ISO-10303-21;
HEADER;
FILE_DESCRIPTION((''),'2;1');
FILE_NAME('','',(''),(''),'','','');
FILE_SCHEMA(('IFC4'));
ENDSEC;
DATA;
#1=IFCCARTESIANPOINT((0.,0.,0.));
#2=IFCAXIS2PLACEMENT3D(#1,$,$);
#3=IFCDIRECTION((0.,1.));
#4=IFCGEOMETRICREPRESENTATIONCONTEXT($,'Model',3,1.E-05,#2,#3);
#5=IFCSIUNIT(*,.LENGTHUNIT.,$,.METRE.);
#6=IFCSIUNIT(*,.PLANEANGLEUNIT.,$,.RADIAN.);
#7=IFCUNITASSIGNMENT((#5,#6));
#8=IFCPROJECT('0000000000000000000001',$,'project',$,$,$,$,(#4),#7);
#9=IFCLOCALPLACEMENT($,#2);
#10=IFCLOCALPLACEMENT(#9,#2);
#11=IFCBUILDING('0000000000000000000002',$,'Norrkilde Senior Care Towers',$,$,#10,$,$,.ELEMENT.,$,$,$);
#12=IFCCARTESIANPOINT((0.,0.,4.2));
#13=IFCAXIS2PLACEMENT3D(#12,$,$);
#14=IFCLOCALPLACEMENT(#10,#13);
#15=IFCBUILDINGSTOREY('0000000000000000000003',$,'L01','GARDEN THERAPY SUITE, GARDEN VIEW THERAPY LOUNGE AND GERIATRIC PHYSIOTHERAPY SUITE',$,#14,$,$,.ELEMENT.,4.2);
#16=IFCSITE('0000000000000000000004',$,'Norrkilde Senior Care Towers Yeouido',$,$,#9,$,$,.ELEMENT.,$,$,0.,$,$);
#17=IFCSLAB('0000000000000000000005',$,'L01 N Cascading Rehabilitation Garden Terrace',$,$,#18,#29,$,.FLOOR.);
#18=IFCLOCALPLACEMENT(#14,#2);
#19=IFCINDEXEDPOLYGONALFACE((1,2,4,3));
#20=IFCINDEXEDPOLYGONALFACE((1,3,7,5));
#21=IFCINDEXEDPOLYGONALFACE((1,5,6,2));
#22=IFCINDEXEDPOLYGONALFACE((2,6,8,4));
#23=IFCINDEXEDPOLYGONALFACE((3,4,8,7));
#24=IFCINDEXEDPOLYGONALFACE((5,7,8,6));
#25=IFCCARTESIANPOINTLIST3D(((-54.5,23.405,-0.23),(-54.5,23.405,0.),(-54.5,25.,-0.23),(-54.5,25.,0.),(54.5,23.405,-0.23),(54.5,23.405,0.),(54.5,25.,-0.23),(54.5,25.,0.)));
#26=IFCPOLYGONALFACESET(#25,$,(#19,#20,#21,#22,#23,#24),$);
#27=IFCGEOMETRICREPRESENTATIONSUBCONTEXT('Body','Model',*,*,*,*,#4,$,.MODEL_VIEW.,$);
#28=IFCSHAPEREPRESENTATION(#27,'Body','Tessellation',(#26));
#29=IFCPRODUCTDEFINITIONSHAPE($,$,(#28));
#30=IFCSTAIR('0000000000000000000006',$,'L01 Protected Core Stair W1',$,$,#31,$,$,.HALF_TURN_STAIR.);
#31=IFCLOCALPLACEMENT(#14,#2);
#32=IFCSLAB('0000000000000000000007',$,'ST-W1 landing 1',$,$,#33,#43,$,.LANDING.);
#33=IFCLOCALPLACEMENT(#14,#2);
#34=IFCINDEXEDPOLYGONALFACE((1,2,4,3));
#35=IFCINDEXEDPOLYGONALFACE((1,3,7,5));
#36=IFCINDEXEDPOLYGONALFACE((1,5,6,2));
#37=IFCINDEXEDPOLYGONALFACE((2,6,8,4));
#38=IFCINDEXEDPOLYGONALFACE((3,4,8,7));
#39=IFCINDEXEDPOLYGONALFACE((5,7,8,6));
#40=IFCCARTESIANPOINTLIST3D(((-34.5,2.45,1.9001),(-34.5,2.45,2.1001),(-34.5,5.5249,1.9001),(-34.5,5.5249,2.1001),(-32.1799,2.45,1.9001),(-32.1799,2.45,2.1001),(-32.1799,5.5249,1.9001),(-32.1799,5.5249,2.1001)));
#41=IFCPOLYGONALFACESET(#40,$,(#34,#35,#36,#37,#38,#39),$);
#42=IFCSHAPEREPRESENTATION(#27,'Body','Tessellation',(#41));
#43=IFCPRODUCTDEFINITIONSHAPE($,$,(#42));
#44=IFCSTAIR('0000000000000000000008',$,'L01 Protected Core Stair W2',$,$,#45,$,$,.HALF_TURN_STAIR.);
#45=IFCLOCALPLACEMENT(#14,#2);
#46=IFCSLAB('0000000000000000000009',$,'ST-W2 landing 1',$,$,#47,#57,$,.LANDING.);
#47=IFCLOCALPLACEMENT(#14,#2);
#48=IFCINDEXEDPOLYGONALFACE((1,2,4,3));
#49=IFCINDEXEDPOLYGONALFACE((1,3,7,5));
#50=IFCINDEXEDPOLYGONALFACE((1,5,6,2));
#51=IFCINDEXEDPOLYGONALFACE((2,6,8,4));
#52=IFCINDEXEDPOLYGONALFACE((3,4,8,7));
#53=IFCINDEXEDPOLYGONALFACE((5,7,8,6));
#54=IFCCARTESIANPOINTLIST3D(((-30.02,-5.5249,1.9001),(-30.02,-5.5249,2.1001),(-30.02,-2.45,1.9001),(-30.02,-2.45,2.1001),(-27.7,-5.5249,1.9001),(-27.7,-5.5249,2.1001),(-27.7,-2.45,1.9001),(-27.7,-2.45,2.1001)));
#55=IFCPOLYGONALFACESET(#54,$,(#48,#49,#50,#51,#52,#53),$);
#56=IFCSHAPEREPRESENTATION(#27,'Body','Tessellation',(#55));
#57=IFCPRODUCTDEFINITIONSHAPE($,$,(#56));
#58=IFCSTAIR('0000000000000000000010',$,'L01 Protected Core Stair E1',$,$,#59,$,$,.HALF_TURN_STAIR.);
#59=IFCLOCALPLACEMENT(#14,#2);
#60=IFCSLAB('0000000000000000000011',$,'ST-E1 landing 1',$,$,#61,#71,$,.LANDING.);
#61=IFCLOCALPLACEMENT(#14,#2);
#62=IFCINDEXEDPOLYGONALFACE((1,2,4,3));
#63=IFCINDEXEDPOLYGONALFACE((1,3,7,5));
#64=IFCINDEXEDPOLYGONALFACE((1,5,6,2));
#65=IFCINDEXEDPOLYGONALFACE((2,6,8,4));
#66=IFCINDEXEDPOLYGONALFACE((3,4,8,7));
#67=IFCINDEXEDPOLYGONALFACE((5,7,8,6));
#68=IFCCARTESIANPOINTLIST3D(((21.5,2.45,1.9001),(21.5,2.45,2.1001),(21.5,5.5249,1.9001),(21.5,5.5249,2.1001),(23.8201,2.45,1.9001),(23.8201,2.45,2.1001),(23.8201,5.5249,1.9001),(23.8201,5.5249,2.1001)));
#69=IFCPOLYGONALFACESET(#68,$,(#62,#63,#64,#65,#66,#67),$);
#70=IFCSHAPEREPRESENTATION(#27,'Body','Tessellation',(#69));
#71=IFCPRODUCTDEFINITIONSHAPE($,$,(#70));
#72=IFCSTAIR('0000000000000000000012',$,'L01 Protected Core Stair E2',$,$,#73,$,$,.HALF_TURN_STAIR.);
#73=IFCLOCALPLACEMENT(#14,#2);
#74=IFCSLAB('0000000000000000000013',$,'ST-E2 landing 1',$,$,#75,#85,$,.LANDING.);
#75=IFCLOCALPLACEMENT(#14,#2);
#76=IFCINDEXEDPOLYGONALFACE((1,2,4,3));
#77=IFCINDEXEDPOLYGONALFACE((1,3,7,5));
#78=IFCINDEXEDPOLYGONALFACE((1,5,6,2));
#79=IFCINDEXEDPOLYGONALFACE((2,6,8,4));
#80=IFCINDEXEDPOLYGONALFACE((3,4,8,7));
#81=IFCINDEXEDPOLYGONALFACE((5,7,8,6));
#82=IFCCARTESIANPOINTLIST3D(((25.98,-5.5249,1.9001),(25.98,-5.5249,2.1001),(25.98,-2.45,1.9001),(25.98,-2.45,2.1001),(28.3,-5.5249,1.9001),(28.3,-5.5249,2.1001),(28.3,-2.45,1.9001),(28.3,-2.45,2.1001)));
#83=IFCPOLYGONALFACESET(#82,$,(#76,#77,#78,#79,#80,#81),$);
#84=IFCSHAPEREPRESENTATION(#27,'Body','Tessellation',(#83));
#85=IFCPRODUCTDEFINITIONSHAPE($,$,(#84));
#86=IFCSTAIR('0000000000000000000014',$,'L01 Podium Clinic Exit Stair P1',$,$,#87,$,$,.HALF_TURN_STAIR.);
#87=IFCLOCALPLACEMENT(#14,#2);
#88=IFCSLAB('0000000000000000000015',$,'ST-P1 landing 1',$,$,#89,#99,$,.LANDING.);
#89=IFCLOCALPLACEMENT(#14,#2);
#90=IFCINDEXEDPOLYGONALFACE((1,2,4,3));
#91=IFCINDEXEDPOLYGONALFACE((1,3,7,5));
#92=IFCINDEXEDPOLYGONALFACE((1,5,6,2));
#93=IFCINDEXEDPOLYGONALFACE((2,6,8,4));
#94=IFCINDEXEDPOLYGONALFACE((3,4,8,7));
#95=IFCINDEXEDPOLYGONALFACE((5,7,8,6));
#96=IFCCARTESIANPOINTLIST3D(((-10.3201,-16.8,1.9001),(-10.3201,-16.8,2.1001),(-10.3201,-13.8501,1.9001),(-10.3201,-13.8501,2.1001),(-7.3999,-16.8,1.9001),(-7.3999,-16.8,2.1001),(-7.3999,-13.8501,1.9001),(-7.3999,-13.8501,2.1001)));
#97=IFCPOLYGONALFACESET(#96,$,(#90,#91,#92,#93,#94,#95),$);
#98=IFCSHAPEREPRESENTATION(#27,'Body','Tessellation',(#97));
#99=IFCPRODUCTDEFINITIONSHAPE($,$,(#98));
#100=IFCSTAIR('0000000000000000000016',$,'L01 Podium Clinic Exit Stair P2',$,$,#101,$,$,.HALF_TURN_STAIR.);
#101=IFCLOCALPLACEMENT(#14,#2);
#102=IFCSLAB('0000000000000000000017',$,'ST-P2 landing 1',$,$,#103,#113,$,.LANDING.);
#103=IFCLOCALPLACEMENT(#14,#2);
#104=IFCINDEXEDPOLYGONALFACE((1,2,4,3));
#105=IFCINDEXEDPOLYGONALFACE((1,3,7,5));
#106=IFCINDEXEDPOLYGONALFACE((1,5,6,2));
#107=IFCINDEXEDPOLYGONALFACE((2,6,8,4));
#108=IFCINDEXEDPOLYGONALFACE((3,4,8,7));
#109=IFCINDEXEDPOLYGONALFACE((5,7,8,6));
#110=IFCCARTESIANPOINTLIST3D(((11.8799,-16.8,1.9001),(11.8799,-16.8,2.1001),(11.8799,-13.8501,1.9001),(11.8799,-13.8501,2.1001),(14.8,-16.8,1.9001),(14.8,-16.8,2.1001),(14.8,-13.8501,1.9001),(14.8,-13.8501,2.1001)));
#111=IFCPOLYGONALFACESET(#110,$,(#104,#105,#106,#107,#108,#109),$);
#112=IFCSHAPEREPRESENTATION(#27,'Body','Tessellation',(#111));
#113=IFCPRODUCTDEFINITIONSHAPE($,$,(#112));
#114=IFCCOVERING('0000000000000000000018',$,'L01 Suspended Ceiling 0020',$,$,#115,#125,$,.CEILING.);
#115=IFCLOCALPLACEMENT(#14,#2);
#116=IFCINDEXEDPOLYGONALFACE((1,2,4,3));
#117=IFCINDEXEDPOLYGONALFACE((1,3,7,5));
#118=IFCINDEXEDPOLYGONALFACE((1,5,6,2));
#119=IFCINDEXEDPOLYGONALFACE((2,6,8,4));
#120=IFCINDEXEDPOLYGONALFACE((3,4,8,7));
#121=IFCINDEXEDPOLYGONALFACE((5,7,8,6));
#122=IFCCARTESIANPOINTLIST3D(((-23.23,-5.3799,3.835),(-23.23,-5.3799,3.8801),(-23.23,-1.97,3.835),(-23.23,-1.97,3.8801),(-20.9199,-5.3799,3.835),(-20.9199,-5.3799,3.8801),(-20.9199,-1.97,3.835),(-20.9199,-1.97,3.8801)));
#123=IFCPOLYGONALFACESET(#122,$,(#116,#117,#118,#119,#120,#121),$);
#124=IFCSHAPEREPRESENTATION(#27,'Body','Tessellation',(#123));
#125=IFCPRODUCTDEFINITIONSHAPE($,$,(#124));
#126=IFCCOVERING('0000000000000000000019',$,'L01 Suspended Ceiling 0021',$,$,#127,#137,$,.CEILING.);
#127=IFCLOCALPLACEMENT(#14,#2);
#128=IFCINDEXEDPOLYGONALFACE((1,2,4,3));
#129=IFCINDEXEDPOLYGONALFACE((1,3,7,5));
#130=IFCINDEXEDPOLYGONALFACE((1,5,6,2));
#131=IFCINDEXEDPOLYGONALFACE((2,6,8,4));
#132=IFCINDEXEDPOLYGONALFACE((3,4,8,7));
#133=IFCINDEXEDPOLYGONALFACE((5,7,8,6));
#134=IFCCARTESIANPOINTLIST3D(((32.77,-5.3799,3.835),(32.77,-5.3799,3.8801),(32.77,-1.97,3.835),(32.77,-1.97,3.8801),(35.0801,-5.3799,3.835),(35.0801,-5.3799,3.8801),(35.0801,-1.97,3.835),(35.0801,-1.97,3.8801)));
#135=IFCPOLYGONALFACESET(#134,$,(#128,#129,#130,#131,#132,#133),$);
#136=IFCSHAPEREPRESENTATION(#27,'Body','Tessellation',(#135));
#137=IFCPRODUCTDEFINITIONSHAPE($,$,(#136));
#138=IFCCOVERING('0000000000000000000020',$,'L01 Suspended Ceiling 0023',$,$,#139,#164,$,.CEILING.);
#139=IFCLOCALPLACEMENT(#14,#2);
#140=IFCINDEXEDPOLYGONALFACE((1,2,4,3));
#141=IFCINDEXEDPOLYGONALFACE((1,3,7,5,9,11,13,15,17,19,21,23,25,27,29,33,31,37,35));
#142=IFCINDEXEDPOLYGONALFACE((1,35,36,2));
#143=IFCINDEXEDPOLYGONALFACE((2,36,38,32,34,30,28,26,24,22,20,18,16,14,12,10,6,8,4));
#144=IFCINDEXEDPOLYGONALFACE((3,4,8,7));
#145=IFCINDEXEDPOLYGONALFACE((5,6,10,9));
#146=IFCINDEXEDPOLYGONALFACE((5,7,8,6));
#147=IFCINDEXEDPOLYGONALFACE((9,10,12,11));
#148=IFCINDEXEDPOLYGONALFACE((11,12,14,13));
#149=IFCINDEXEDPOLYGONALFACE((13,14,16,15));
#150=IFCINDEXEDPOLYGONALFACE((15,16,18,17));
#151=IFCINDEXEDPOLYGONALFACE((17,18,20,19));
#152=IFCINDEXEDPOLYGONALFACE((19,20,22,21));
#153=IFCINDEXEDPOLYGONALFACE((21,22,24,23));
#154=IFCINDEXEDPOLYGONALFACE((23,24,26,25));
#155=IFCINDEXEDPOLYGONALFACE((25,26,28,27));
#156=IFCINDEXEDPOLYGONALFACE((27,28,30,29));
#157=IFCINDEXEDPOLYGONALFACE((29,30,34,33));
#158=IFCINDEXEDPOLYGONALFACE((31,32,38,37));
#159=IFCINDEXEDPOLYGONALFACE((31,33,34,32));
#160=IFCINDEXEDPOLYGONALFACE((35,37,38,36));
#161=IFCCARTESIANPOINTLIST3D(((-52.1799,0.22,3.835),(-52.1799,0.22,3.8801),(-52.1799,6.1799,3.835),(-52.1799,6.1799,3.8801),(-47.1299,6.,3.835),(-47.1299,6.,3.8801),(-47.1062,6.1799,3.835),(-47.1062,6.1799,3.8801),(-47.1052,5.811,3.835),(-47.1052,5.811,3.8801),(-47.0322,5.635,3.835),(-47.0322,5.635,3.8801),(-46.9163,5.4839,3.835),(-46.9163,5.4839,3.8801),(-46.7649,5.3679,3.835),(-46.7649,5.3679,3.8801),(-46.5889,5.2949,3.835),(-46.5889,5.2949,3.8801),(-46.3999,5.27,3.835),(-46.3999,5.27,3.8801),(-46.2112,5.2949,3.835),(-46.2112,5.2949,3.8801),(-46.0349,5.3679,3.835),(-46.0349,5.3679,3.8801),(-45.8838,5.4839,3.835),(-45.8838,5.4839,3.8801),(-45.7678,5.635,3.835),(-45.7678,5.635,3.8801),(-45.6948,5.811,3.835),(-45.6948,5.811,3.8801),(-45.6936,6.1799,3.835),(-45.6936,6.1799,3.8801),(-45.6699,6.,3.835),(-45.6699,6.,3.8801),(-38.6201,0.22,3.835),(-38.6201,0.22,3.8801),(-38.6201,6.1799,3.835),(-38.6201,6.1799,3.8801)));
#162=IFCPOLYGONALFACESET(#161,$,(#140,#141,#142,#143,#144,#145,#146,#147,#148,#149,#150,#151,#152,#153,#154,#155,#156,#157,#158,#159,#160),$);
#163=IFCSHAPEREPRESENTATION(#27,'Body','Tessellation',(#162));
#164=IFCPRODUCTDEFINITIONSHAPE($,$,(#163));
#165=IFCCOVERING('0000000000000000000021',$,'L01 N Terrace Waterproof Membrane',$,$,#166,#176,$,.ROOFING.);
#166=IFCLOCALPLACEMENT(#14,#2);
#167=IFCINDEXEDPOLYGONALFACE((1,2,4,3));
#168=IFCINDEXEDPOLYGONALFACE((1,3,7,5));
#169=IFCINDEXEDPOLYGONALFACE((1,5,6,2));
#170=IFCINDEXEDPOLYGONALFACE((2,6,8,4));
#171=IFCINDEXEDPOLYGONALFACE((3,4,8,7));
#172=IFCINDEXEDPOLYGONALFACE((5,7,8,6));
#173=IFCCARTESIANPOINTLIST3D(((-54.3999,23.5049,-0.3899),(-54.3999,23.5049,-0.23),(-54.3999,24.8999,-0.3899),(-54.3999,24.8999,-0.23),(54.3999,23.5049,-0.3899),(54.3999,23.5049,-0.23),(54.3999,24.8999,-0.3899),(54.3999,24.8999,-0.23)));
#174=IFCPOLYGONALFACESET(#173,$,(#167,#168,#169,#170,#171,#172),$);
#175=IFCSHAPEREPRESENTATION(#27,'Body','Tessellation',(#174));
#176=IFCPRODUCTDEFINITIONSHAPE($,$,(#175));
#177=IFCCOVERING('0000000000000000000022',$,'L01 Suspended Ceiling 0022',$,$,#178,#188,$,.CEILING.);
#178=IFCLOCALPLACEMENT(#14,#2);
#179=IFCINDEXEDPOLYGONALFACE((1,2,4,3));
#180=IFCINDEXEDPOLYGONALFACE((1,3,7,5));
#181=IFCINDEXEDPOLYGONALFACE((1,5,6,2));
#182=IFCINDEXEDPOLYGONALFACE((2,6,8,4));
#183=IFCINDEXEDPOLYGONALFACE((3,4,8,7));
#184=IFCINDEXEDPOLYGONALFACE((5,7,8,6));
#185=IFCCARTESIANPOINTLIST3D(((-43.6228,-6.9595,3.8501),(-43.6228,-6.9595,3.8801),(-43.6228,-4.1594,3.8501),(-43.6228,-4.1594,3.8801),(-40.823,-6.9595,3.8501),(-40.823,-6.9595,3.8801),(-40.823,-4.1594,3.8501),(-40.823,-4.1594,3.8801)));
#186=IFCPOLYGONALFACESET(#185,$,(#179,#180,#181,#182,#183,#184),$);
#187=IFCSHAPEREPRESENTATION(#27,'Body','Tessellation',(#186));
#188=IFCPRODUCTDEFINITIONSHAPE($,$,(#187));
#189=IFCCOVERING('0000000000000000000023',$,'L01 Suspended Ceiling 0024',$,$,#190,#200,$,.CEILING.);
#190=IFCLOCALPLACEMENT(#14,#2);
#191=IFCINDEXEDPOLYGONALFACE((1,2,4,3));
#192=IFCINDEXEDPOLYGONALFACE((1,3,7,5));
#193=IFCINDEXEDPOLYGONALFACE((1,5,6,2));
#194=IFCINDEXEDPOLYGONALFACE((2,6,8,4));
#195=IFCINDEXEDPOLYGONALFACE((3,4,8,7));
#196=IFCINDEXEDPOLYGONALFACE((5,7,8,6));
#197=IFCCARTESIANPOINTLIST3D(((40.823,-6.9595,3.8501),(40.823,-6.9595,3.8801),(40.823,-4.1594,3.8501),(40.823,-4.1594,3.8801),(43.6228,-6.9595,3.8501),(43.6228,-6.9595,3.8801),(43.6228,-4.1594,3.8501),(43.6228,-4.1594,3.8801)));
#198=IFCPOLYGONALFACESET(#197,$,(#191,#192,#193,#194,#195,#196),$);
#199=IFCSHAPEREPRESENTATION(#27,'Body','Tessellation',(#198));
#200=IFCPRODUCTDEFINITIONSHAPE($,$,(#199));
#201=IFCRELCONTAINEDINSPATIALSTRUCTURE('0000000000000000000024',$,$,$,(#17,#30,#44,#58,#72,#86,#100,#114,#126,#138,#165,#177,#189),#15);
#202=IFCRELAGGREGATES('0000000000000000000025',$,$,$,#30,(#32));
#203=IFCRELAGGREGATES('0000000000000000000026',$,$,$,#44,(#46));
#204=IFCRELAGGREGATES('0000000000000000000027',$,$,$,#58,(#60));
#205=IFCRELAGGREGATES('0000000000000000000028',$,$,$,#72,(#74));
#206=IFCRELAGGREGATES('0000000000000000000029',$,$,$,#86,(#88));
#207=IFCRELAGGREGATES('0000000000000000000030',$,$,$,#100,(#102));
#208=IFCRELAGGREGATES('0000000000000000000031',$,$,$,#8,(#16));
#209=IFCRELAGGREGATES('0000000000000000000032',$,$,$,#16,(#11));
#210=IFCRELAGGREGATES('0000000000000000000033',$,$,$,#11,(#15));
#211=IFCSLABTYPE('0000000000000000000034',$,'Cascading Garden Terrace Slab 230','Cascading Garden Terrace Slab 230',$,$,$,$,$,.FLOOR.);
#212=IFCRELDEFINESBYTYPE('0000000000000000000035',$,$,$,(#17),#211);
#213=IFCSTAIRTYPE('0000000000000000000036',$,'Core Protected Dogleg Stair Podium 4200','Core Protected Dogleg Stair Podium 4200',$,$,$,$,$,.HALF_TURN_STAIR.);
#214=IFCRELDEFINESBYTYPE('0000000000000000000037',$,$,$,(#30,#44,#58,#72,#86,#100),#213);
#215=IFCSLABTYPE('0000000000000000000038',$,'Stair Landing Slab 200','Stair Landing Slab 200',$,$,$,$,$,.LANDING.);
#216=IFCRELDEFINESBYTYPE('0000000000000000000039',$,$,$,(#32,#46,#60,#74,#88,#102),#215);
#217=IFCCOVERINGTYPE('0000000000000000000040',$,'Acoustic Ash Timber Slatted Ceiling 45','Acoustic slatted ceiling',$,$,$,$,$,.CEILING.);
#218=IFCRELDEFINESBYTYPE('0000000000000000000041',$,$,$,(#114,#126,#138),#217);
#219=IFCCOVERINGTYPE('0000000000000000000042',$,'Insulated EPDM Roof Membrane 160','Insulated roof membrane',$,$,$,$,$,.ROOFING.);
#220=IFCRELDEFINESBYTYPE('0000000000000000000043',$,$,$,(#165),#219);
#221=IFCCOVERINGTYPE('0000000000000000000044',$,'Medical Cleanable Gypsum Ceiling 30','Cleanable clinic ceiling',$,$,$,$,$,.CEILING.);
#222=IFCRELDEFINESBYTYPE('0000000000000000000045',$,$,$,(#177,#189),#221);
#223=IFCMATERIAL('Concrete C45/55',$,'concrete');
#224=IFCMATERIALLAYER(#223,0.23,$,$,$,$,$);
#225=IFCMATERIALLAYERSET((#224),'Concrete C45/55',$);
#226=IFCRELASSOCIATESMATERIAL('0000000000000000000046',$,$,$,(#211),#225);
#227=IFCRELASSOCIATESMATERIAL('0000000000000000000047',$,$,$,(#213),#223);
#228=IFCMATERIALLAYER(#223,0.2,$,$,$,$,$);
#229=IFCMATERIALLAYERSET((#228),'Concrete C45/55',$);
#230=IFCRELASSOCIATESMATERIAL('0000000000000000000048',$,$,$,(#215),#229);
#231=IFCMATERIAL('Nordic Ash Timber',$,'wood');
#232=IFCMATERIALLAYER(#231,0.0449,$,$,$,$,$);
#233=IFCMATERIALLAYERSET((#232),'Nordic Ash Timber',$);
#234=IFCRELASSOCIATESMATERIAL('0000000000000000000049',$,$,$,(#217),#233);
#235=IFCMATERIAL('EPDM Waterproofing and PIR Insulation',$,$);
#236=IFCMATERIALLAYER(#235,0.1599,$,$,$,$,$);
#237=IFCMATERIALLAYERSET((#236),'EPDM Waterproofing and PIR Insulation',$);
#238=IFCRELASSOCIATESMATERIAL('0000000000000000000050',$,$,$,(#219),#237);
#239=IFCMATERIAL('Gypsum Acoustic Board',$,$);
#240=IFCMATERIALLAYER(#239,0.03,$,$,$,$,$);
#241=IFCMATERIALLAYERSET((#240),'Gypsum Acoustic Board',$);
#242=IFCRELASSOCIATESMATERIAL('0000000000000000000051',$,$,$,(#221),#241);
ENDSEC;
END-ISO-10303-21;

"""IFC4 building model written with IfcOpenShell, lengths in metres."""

from ifc_helpers import new_model, si_unit, direction, frame, origin, place, context, subcontext, project, spatial, polyline, outline, extrude, material, layer, layer_set, type_object, element, aggregate, save


model = new_model("IFC4")

# Units and contexts
model_context = context("Model", 3, precision=1e-05, world=origin(), true_north=direction((0.0, 1.0)))
body_context = subcontext(model_context, "Body", "Model", "MODEL_VIEW")
ifc_project = project(units=[si_unit("LENGTHUNIT", "METRE"), si_unit("PLANEANGLEUNIT", "RADIAN")], contexts=[model_context])

# Site, building, storey
site_placement = place(None, origin())
site = spatial("IfcSite", under=ifc_project, at=site_placement, Name="Norrkilde Senior Care Towers Yeouido", CompositionType="ELEMENT", RefElevation=0.0)
building_placement = place(site_placement, origin())
building = spatial("IfcBuilding", under=site, at=building_placement, Name="Norrkilde Senior Care Towers", CompositionType="ELEMENT")
storey_placement = place(building_placement, frame((0.0, 0.0, 4.2)))
storey = spatial("IfcBuildingStorey", under=building, at=storey_placement, Name="L01", Description="GARDEN THERAPY SUITE, GARDEN VIEW THERAPY LOUNGE AND GERIATRIC PHYSIOTHERAPY SUITE", CompositionType="ELEMENT", Elevation=4.2)

# Slab
ifc_material_1 = material(Name="Concrete C45/55", Category="concrete")
ifc_layer_1 = layer(ifc_material_1, 0.23)
ifc_layer_set_1 = layer_set([ifc_layer_1], Name="Concrete C45/55")
slab_type_1 = type_object("IfcSlabType", Name="Cascading Garden Terrace Slab 230", Description="Cascading Garden Terrace Slab 230", PredefinedType="FLOOR", material=ifc_layer_set_1)
slab_1_placement = place(storey_placement, frame((0.0, 0.0, -0.23)))
element("IfcSlab", 1, at=slab_1_placement, inside=storey, type_object=slab_type_1, Name="L01 N Cascading Rehabilitation Garden Terrace", PredefinedType="FLOOR", context=body_context, shape_type="SweptSolid", body=[
    extrude(outline(polyline([(-54.5, 23.405), (54.5, 23.405), (54.5, 25.0), (-54.5, 25.0), (-54.5, 23.405)])), origin(), (0.0, 0.0, 1.0), 0.23),
])

# Stairs, slabs
stair_type = type_object("IfcStairType", Name="Core Protected Dogleg Stair Podium 4200", Description="Core Protected Dogleg Stair Podium 4200", PredefinedType="HALF_TURN_STAIR", material=ifc_material_1)
stair_1_placement = place(storey_placement, origin())
stair_1 = element("IfcStair", 2, at=stair_1_placement, inside=storey, type_object=stair_type, Name="L01 Protected Core Stair W1", PredefinedType="HALF_TURN_STAIR")
ifc_layer_2 = layer(ifc_material_1, 0.2)
ifc_layer_set_2 = layer_set([ifc_layer_2], Name="Concrete C45/55")
slab_type_2 = type_object("IfcSlabType", Name="Stair Landing Slab 200", Description="Stair Landing Slab 200", PredefinedType="LANDING", material=ifc_layer_set_2)
slab_2_placement = place(storey_placement, frame((0.0, 0.0, 1.9001)))
slab_2 = element("IfcSlab", 3, at=slab_2_placement, type_object=slab_type_2, Name="ST-W1 landing 1", PredefinedType="LANDING", context=body_context, shape_type="SweptSolid", body=[
    extrude(outline(polyline([(-32.1799, 5.5249), (-34.5, 5.5249), (-34.5, 2.45), (-32.1799, 2.45), (-32.1799, 5.5249)])), origin(), (0.0, 0.0, 1.0), 0.2),
])
aggregate(stair_1, [slab_2])
stair_2_placement = place(storey_placement, origin())
stair_2 = element("IfcStair", 4, at=stair_2_placement, inside=storey, type_object=stair_type, Name="L01 Protected Core Stair W2", PredefinedType="HALF_TURN_STAIR")
slab_3_placement = place(storey_placement, frame((0.0, 0.0, 1.9001)))
slab_3 = element("IfcSlab", 5, at=slab_3_placement, type_object=slab_type_2, Name="ST-W2 landing 1", PredefinedType="LANDING", context=body_context, shape_type="SweptSolid", body=[
    extrude(outline(polyline([(-30.02, -5.5249), (-27.7, -5.5249), (-27.7, -2.45), (-30.02, -2.45), (-30.02, -5.5249)])), origin(), (0.0, 0.0, 1.0), 0.2),
])
aggregate(stair_2, [slab_3])
stair_3_placement = place(storey_placement, origin())
stair_3 = element("IfcStair", 6, at=stair_3_placement, inside=storey, type_object=stair_type, Name="L01 Protected Core Stair E1", PredefinedType="HALF_TURN_STAIR")
slab_4_placement = place(storey_placement, frame((0.0, 0.0, 1.9001)))
slab_4 = element("IfcSlab", 7, at=slab_4_placement, type_object=slab_type_2, Name="ST-E1 landing 1", PredefinedType="LANDING", context=body_context, shape_type="SweptSolid", body=[
    extrude(outline(polyline([(23.8201, 5.5249), (21.5, 5.5249), (21.5, 2.45), (23.8201, 2.45), (23.8201, 5.5249)])), origin(), (0.0, 0.0, 1.0), 0.2),
])
aggregate(stair_3, [slab_4])
stair_4_placement = place(storey_placement, origin())
stair_4 = element("IfcStair", 8, at=stair_4_placement, inside=storey, type_object=stair_type, Name="L01 Protected Core Stair E2", PredefinedType="HALF_TURN_STAIR")
slab_5_placement = place(storey_placement, frame((0.0, 0.0, 1.9001)))
slab_5 = element("IfcSlab", 9, at=slab_5_placement, type_object=slab_type_2, Name="ST-E2 landing 1", PredefinedType="LANDING", context=body_context, shape_type="SweptSolid", body=[
    extrude(outline(polyline([(25.98, -5.5249), (28.3, -5.5249), (28.3, -2.45), (25.98, -2.45), (25.98, -5.5249)])), origin(), (0.0, 0.0, 1.0), 0.2),
])
aggregate(stair_4, [slab_5])
stair_5_placement = place(storey_placement, origin())
stair_5 = element("IfcStair", 10, at=stair_5_placement, inside=storey, type_object=stair_type, Name="L01 Podium Clinic Exit Stair P1", PredefinedType="HALF_TURN_STAIR")
slab_6_placement = place(storey_placement, frame((0.0, 0.0, 1.9001)))
slab_6 = element("IfcSlab", 11, at=slab_6_placement, type_object=slab_type_2, Name="ST-P1 landing 1", PredefinedType="LANDING", context=body_context, shape_type="SweptSolid", body=[
    extrude(outline(polyline([(-10.3201, -16.8), (-7.3999, -16.8), (-7.3999, -13.8501), (-10.3201, -13.8501), (-10.3201, -16.8)])), origin(), (0.0, 0.0, 1.0), 0.2),
])
aggregate(stair_5, [slab_6])
stair_6_placement = place(storey_placement, origin())
stair_6 = element("IfcStair", 12, at=stair_6_placement, inside=storey, type_object=stair_type, Name="L01 Podium Clinic Exit Stair P2", PredefinedType="HALF_TURN_STAIR")
slab_7_placement = place(storey_placement, frame((0.0, 0.0, 1.9001)))
slab_7 = element("IfcSlab", 13, at=slab_7_placement, type_object=slab_type_2, Name="ST-P2 landing 1", PredefinedType="LANDING", context=body_context, shape_type="SweptSolid", body=[
    extrude(outline(polyline([(11.8799, -16.8), (14.8, -16.8), (14.8, -13.8501), (11.8799, -13.8501), (11.8799, -16.8)])), origin(), (0.0, 0.0, 1.0), 0.2),
])
aggregate(stair_6, [slab_7])

# Coverings
ifc_material_2 = material(Name="Nordic Ash Timber", Category="wood")
ifc_layer_3 = layer(ifc_material_2, 0.0449)
ifc_layer_set_3 = layer_set([ifc_layer_3], Name="Nordic Ash Timber")
covering_type_1 = type_object("IfcCoveringType", Name="Acoustic Ash Timber Slatted Ceiling 45", Description="Acoustic slatted ceiling", PredefinedType="CEILING", material=ifc_layer_set_3)
covering_1_placement = place(storey_placement, frame((0.0, 0.0, 3.835)))
element("IfcCovering", 14, at=covering_1_placement, inside=storey, type_object=covering_type_1, Name="L01 Suspended Ceiling 0020", PredefinedType="CEILING", context=body_context, shape_type="SweptSolid", body=[
    extrude(outline(polyline([(-23.23, -1.97), (-20.9199, -1.97), (-20.9199, -5.3799), (-23.23, -5.3799), (-23.23, -1.97)])), origin(), (0.0, 0.0, 1.0), 0.0452),
])
covering_2_placement = place(storey_placement, frame((0.0, 0.0, 3.835)))
element("IfcCovering", 15, at=covering_2_placement, inside=storey, type_object=covering_type_1, Name="L01 Suspended Ceiling 0021", PredefinedType="CEILING", context=body_context, shape_type="SweptSolid", body=[
    extrude(outline(polyline([(35.0801, -1.97), (35.0801, -5.3799), (32.77, -5.3799), (32.77, -1.97), (35.0801, -1.97)])), origin(), (0.0, 0.0, 1.0), 0.0452),
])
covering_3_placement = place(storey_placement, frame((0.0, 0.0, 3.835)))
element("IfcCovering", 16, at=covering_3_placement, inside=storey, type_object=covering_type_1, Name="L01 Suspended Ceiling 0023", PredefinedType="CEILING", context=body_context, shape_type="SweptSolid", body=[
    extrude(outline(polyline([(-38.6201, 0.22), (-52.1799, 0.22), (-52.1799, 6.1799), (-47.1062, 6.1799), (-47.1299, 6.0), (-47.1052, 5.811), (-47.0322, 5.635), (-46.9163, 5.4839), (-46.7649, 5.3679), (-46.5889, 5.2949), (-46.3999, 5.27), (-46.2112, 5.2949), (-46.0349, 5.3679), (-45.8838, 5.4839), (-45.7678, 5.635), (-45.6948, 5.811), (-45.6699, 6.0), (-45.6936, 6.1799), (-38.6201, 6.1799), (-38.6201, 0.22)])), origin(), (0.0, 0.0, 1.0), 0.0452),
])
ifc_material_3 = material(Name="EPDM Waterproofing and PIR Insulation")
ifc_layer_4 = layer(ifc_material_3, 0.1599)
ifc_layer_set_4 = layer_set([ifc_layer_4], Name="EPDM Waterproofing and PIR Insulation")
covering_type_2 = type_object("IfcCoveringType", Name="Insulated EPDM Roof Membrane 160", Description="Insulated roof membrane", PredefinedType="ROOFING", material=ifc_layer_set_4)
covering_4_placement = place(storey_placement, frame((0.0, 0.0, -0.3899)))
element("IfcCovering", 17, at=covering_4_placement, inside=storey, type_object=covering_type_2, Name="L01 N Terrace Waterproof Membrane", PredefinedType="ROOFING", context=body_context, shape_type="SweptSolid", body=[
    extrude(outline(polyline([(-54.3999, 23.5049), (54.3999, 23.5049), (54.3999, 24.8999), (-54.3999, 24.8999), (-54.3999, 23.5049)])), origin(), (0.0, 0.0, 1.0), 0.1599),
])
ifc_material_4 = material(Name="Gypsum Acoustic Board")
ifc_layer_5 = layer(ifc_material_4, 0.03)
ifc_layer_set_5 = layer_set([ifc_layer_5], Name="Gypsum Acoustic Board")
covering_type_3 = type_object("IfcCoveringType", Name="Medical Cleanable Gypsum Ceiling 30", Description="Cleanable clinic ceiling", PredefinedType="CEILING", material=ifc_layer_set_5)
covering_5_placement = place(storey_placement, frame((0.0, 0.0, 3.8501)))
element("IfcCovering", 18, at=covering_5_placement, inside=storey, type_object=covering_type_3, Name="L01 Suspended Ceiling 0022", PredefinedType="CEILING", context=body_context, shape_type="SweptSolid", body=[
    extrude(outline(polyline([(-43.6228, -6.9595), (-43.6228, -4.1594), (-40.823, -4.1594), (-40.823, -6.9595), (-43.6228, -6.9595)])), origin(), (0.0, 0.0, 1.0), 0.03),
])
covering_6_placement = place(storey_placement, frame((0.0, 0.0, 3.8501)))
element("IfcCovering", 19, at=covering_6_placement, inside=storey, type_object=covering_type_3, Name="L01 Suspended Ceiling 0024", PredefinedType="CEILING", context=body_context, shape_type="SweptSolid", body=[
    extrude(outline(polyline([(40.823, -6.9595), (40.823, -4.1594), (43.6228, -4.1594), (43.6228, -6.9595), (40.823, -6.9595)])), origin(), (0.0, 0.0, 1.0), 0.03),
])

save(model, "model.ifc")
